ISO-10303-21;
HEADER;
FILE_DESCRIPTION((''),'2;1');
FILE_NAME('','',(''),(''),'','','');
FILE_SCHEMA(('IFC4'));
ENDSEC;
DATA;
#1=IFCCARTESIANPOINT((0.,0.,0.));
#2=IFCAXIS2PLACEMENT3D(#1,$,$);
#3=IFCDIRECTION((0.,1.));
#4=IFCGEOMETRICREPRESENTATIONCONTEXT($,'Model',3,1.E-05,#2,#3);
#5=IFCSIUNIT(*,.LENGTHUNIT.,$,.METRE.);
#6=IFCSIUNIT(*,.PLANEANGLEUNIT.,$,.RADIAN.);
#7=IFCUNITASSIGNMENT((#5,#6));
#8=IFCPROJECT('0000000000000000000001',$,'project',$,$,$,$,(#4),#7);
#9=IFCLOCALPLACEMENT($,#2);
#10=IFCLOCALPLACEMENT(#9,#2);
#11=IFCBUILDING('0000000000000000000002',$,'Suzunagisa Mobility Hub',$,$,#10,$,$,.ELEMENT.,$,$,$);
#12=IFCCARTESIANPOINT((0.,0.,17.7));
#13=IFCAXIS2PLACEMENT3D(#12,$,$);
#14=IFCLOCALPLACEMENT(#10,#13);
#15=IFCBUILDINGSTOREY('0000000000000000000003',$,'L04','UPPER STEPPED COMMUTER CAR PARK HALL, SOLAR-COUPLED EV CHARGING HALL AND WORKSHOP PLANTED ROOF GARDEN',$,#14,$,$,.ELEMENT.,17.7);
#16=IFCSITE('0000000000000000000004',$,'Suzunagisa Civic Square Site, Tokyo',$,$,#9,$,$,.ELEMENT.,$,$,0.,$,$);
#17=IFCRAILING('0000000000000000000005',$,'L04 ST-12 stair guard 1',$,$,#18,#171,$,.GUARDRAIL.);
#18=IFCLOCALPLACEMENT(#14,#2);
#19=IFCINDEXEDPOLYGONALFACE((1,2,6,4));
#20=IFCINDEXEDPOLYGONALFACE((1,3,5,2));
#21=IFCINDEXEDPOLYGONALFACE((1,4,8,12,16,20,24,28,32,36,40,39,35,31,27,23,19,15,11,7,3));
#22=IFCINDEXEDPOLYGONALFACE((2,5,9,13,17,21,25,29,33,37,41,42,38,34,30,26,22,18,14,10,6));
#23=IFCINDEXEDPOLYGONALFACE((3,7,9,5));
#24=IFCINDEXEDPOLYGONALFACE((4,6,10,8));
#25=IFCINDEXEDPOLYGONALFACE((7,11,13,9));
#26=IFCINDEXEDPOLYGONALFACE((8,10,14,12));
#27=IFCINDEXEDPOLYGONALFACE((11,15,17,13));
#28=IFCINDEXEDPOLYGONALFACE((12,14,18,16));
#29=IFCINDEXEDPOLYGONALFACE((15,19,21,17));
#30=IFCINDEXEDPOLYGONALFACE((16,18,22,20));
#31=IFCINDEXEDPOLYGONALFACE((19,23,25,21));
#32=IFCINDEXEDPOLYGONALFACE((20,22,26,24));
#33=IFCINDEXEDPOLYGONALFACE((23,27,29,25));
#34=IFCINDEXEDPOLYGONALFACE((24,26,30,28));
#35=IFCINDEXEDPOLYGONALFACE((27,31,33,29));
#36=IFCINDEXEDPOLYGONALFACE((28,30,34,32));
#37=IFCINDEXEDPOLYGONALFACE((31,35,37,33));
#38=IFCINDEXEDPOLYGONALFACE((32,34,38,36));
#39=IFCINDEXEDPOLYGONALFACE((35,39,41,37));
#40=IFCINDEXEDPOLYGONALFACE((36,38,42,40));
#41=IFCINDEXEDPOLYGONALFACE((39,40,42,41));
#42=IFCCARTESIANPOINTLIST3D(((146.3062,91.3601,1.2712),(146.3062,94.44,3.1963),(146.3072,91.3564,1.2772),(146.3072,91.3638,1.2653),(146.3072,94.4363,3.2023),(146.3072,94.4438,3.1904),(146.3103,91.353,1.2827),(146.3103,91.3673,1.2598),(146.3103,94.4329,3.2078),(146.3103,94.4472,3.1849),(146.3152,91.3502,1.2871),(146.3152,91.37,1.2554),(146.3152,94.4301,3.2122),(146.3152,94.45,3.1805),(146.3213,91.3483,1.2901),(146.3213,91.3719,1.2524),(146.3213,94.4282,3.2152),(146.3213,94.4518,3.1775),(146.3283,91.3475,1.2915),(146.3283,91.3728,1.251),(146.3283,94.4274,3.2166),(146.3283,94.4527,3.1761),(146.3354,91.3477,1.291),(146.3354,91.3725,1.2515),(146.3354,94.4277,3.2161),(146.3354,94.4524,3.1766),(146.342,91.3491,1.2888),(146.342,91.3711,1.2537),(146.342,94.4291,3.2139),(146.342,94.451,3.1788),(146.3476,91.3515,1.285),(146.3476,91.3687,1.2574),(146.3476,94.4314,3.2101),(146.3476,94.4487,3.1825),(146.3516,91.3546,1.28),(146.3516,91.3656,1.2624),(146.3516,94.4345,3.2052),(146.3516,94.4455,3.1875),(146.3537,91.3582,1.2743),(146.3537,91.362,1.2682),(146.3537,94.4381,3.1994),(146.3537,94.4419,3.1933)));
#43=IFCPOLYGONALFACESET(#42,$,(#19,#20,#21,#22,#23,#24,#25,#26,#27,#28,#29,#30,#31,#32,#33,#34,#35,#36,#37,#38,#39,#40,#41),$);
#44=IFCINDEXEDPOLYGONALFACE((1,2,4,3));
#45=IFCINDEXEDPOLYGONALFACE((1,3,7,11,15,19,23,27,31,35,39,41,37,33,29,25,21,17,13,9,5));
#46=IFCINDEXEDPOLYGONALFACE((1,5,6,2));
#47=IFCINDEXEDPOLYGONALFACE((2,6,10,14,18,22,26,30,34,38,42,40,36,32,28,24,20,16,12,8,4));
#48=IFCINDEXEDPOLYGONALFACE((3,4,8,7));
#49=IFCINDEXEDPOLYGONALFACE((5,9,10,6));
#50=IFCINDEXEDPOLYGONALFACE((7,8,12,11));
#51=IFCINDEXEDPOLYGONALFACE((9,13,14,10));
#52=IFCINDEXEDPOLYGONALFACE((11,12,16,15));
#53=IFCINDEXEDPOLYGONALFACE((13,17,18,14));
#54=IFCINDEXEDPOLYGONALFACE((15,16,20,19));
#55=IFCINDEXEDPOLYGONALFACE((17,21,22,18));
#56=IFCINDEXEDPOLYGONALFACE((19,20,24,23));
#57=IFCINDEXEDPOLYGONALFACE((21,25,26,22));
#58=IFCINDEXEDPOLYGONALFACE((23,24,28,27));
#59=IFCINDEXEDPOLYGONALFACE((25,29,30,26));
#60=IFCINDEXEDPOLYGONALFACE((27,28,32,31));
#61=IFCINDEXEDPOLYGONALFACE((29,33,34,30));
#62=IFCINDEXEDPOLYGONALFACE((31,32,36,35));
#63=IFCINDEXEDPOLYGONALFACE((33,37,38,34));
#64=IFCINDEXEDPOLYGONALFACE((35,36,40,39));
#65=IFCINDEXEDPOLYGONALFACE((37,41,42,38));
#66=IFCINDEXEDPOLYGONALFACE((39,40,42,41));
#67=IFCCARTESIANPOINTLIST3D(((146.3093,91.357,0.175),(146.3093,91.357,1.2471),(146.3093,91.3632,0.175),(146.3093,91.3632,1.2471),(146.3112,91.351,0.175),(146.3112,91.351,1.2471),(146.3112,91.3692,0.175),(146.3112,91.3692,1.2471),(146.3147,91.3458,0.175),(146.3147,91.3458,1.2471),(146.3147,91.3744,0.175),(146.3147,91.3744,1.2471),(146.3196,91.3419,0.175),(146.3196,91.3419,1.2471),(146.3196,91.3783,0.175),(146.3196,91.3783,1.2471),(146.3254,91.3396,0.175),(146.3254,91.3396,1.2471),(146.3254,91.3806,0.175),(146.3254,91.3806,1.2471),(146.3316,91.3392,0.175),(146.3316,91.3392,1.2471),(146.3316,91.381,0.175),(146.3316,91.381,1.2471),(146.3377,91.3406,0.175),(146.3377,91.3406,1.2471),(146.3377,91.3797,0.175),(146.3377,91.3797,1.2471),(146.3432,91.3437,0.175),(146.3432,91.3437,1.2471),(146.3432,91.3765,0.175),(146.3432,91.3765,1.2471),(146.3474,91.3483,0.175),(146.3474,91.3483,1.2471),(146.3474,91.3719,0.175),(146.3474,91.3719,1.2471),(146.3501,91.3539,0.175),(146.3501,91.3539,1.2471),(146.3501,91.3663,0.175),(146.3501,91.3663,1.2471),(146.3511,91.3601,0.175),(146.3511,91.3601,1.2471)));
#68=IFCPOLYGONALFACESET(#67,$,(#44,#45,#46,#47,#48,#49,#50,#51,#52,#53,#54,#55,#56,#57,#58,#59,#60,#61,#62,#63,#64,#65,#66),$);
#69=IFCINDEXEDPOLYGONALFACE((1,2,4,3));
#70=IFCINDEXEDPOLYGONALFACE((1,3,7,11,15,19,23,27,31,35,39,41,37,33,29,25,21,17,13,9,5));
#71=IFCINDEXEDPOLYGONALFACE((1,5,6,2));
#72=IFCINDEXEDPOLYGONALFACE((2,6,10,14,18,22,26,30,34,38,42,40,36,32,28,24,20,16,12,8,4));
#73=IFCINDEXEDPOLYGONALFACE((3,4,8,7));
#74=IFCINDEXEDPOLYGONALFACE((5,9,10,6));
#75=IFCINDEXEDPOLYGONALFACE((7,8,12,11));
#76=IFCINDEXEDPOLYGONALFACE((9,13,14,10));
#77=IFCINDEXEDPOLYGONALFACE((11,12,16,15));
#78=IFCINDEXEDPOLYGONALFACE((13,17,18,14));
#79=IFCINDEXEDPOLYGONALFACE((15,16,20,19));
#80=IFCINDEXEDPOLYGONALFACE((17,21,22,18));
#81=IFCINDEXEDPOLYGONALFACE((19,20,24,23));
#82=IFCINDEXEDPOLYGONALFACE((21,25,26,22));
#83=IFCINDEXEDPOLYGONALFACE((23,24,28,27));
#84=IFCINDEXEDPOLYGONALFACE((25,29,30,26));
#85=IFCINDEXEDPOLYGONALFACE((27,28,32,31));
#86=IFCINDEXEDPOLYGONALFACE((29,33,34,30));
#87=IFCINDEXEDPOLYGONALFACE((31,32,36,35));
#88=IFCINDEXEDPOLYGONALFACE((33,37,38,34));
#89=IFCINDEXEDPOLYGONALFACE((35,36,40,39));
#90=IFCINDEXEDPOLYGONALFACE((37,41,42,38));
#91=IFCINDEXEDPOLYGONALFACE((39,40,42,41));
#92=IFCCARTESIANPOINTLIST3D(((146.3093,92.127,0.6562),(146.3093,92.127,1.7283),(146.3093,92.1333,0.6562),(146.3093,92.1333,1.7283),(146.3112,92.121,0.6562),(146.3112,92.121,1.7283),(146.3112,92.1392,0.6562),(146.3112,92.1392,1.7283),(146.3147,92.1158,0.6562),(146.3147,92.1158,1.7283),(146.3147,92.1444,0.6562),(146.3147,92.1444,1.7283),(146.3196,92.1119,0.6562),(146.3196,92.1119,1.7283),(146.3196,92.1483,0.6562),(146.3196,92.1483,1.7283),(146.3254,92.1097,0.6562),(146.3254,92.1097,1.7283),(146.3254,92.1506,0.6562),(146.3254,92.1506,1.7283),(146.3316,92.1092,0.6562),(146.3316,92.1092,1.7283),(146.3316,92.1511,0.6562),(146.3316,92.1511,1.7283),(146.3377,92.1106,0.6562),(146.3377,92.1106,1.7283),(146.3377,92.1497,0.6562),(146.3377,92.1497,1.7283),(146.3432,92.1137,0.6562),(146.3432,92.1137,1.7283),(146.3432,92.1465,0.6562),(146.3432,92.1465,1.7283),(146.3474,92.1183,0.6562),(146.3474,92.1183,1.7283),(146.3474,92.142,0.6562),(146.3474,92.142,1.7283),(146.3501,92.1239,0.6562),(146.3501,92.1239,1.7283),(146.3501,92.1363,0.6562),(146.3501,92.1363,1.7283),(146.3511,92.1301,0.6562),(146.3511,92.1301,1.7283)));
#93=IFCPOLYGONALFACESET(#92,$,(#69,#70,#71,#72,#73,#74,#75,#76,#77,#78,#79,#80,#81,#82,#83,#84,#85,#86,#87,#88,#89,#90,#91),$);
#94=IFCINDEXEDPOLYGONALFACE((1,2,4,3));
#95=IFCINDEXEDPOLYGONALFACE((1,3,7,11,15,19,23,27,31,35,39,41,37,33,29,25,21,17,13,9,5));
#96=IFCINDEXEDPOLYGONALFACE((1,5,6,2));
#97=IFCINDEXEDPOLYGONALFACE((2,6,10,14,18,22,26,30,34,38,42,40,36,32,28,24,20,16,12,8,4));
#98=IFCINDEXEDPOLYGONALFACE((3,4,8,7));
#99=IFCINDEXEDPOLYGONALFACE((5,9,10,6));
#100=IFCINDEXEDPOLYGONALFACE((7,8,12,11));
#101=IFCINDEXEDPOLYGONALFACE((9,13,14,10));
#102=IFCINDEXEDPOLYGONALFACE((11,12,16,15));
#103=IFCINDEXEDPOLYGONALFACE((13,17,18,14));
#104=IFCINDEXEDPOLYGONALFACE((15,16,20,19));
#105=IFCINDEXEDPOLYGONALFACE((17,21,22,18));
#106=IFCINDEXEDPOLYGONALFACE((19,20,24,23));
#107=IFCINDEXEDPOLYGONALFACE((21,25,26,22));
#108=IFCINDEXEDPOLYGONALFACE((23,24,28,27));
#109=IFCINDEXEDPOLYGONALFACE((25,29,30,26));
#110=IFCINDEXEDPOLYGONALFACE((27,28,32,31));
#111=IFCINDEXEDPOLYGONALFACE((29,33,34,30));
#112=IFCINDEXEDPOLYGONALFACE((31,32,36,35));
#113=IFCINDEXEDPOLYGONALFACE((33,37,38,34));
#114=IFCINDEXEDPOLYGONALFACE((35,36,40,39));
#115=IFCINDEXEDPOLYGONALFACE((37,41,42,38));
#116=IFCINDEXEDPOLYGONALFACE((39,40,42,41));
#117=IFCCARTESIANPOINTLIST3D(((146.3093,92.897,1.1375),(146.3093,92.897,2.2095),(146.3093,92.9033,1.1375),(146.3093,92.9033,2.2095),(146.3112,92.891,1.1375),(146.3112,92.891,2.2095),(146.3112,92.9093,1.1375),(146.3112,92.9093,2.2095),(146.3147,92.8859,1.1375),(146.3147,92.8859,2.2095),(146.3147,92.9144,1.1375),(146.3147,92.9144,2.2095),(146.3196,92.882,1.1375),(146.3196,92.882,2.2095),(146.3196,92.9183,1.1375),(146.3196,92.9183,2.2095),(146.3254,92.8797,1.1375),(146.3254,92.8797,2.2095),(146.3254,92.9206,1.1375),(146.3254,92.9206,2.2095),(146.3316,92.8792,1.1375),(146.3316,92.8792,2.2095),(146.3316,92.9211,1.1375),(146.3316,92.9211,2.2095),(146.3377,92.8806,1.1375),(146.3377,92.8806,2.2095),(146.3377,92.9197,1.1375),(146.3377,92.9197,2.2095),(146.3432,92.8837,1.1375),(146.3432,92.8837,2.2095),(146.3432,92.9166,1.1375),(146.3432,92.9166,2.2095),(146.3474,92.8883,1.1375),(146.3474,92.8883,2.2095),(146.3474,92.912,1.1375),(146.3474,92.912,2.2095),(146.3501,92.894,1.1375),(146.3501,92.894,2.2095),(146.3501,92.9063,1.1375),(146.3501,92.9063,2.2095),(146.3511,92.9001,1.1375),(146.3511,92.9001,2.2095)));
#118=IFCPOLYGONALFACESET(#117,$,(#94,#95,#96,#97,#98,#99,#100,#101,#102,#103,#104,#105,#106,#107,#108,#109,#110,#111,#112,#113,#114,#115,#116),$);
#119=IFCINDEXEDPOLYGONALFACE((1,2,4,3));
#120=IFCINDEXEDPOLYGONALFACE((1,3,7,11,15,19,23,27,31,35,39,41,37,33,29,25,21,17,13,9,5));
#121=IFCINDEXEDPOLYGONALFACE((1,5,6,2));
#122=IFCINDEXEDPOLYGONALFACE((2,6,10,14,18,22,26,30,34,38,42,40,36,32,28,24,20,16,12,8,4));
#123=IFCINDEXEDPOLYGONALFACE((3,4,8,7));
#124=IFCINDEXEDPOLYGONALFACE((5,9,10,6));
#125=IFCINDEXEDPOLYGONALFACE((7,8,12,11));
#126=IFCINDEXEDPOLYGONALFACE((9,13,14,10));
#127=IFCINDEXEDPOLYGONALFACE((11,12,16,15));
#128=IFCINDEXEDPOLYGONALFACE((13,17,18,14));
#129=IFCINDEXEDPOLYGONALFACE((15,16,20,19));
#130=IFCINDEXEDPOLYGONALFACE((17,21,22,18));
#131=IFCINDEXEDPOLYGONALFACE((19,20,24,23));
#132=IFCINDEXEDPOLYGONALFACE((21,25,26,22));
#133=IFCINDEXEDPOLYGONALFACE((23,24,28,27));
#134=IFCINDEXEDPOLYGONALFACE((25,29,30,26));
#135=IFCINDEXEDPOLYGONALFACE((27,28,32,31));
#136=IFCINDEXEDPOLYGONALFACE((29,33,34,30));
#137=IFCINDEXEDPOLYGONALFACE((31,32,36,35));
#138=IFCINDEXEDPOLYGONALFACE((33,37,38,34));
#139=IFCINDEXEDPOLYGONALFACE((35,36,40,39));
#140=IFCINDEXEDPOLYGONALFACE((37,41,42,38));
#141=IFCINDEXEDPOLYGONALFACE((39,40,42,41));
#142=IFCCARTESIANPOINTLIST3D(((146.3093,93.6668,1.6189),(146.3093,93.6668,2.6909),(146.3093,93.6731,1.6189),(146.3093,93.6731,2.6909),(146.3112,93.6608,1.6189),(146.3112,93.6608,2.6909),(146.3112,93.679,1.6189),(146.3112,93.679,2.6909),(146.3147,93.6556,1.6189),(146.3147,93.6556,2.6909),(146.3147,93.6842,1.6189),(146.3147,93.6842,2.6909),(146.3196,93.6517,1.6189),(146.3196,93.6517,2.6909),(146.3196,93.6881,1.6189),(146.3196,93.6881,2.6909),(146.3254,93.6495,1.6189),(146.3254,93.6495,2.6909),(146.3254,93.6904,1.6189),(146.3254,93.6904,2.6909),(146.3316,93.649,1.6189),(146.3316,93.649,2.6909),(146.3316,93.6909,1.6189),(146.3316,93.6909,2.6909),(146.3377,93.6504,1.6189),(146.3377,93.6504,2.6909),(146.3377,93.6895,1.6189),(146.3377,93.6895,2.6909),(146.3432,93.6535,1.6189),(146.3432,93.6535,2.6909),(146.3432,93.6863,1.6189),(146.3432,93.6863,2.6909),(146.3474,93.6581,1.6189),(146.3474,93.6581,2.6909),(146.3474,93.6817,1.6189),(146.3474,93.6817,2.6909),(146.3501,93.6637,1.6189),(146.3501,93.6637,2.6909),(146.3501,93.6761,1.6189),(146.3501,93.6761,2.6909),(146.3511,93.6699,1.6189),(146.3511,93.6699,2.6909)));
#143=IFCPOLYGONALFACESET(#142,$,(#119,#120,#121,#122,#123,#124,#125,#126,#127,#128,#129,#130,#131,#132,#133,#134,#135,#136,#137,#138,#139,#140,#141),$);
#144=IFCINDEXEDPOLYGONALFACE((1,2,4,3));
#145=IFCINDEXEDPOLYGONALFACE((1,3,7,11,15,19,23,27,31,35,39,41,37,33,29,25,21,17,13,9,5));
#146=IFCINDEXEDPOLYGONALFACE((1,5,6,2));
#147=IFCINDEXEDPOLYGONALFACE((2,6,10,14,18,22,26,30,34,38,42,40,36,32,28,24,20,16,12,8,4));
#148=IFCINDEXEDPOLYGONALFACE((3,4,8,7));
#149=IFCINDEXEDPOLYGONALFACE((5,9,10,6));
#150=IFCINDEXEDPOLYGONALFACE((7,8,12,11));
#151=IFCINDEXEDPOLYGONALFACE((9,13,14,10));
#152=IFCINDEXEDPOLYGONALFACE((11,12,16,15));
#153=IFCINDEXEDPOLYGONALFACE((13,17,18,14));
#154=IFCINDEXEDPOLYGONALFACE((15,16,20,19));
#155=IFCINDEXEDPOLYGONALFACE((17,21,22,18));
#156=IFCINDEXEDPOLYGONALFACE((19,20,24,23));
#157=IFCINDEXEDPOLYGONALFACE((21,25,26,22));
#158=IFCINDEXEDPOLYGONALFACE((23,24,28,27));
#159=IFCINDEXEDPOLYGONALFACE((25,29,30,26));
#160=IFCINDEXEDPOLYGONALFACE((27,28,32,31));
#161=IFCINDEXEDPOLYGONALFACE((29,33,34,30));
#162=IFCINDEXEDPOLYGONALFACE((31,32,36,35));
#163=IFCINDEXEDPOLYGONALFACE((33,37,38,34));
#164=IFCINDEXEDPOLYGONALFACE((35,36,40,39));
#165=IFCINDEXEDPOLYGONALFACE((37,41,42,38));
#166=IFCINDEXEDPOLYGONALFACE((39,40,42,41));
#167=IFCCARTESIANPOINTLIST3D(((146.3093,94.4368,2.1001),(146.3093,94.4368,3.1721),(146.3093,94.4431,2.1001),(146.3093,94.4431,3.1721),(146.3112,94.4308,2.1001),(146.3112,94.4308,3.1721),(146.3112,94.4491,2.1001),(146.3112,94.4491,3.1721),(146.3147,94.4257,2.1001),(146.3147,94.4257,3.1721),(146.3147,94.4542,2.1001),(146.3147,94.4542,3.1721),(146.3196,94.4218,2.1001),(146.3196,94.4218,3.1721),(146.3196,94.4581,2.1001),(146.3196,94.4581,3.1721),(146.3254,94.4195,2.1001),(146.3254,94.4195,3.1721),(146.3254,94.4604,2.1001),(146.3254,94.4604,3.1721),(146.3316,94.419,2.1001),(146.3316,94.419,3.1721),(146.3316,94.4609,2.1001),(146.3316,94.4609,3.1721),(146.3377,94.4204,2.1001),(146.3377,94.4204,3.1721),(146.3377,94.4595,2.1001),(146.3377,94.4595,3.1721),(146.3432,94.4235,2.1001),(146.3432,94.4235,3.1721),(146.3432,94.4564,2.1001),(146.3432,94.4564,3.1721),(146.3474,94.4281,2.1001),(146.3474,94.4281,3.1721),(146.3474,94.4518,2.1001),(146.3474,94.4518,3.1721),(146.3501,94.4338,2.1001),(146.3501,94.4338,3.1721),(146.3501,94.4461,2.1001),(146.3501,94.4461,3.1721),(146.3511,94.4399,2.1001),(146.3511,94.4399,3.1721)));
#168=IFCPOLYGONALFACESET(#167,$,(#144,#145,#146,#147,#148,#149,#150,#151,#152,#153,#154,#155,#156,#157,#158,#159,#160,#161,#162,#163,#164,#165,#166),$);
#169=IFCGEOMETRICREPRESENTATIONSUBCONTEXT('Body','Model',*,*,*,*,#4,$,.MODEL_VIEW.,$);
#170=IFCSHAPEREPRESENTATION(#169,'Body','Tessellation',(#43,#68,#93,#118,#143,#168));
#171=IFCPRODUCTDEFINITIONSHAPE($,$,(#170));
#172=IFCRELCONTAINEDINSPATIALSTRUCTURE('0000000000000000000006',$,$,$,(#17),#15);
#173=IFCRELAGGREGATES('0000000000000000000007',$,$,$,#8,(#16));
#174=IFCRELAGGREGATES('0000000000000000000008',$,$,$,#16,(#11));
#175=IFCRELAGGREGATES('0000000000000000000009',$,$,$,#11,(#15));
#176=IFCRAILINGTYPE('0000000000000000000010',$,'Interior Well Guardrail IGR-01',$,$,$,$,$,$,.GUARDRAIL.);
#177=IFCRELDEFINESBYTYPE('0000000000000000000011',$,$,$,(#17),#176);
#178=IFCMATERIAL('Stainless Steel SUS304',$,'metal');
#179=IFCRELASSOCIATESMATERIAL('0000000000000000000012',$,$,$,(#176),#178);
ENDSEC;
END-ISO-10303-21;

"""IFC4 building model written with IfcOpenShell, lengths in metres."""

from ifc_helpers import new_model, si_unit, direction, frame, origin, origin_2d, place, context, subcontext, project, spatial, circle, extrude, material, type_object, element, save


model = new_model("IFC4")

# Units and contexts
model_context = context("Model", 3, precision=1e-05, world=origin(), true_north=direction((0.0, 1.0)))
body_context = subcontext(model_context, "Body", "Model", "MODEL_VIEW")
ifc_project = project(units=[si_unit("LENGTHUNIT", "METRE"), si_unit("PLANEANGLEUNIT", "RADIAN")], contexts=[model_context])

# Site, building, storey
site_placement = place(None, origin())
site = spatial("IfcSite", under=ifc_project, at=site_placement, Name="Suzunagisa Civic Square Site, Tokyo", CompositionType="ELEMENT", RefElevation=0.0)
building_placement = place(site_placement, origin())
building = spatial("IfcBuilding", under=site, at=building_placement, Name="Suzunagisa Mobility Hub", CompositionType="ELEMENT")
storey_placement = place(building_placement, frame((0.0, 0.0, 17.7)))
storey = spatial("IfcBuildingStorey", under=building, at=storey_placement, Name="L04", Description="UPPER STEPPED COMMUTER CAR PARK HALL, SOLAR-COUPLED EV CHARGING HALL AND WORKSHOP PLANTED ROOF GARDEN", CompositionType="ELEMENT", Elevation=17.7)

# Railing
ifc_material_1 = material(Name="Stainless Steel SUS304", Category="metal")
railing_type_1 = type_object("IfcRailingType", Name="Interior Well Guardrail IGR-01", PredefinedType="GUARDRAIL", material=ifc_material_1)
railing_1_placement = place(storey_placement, frame((146.3301, 91.3601, 0.175)))
element("IfcRailing", 1, at=railing_1_placement, inside=storey, type_object=railing_type_1, Name="L04 ST-12 stair guard 1", PredefinedType="GUARDRAIL", context=body_context, shape_type="SweptSolid", body=[
    extrude(circle(Radius=0.0239, at=origin_2d()), frame((0.0, 0.0, 1.0962), z_axis=(0.0, 0.847979, 0.530029), x_axis=(-1.0, 0.0, 0.0)), (0.0, 0.0, 1.0), 3.6321),
    extrude(circle(Radius=0.021, at=origin_2d()), origin(), (0.0, 0.0, 1.0), 1.072),
    extrude(circle(Radius=0.021, at=origin_2d()), frame((0.0, 0.77, 0.4812)), (0.0, 0.0, 1.0), 1.072),
    extrude(circle(Radius=0.021, at=origin_2d()), frame((0.0, 1.54, 0.9624)), (0.0, 0.0, 1.0), 1.072),
    extrude(circle(Radius=0.021, at=origin_2d()), frame((0.0, 2.3098, 1.4438)), (0.0, 0.0, 1.0), 1.072),
    extrude(circle(Radius=0.021, at=origin_2d()), frame((0.0, 3.0798, 1.925)), (0.0, 0.0, 1.0), 1.072),
])

save(model, "model.ifc")
